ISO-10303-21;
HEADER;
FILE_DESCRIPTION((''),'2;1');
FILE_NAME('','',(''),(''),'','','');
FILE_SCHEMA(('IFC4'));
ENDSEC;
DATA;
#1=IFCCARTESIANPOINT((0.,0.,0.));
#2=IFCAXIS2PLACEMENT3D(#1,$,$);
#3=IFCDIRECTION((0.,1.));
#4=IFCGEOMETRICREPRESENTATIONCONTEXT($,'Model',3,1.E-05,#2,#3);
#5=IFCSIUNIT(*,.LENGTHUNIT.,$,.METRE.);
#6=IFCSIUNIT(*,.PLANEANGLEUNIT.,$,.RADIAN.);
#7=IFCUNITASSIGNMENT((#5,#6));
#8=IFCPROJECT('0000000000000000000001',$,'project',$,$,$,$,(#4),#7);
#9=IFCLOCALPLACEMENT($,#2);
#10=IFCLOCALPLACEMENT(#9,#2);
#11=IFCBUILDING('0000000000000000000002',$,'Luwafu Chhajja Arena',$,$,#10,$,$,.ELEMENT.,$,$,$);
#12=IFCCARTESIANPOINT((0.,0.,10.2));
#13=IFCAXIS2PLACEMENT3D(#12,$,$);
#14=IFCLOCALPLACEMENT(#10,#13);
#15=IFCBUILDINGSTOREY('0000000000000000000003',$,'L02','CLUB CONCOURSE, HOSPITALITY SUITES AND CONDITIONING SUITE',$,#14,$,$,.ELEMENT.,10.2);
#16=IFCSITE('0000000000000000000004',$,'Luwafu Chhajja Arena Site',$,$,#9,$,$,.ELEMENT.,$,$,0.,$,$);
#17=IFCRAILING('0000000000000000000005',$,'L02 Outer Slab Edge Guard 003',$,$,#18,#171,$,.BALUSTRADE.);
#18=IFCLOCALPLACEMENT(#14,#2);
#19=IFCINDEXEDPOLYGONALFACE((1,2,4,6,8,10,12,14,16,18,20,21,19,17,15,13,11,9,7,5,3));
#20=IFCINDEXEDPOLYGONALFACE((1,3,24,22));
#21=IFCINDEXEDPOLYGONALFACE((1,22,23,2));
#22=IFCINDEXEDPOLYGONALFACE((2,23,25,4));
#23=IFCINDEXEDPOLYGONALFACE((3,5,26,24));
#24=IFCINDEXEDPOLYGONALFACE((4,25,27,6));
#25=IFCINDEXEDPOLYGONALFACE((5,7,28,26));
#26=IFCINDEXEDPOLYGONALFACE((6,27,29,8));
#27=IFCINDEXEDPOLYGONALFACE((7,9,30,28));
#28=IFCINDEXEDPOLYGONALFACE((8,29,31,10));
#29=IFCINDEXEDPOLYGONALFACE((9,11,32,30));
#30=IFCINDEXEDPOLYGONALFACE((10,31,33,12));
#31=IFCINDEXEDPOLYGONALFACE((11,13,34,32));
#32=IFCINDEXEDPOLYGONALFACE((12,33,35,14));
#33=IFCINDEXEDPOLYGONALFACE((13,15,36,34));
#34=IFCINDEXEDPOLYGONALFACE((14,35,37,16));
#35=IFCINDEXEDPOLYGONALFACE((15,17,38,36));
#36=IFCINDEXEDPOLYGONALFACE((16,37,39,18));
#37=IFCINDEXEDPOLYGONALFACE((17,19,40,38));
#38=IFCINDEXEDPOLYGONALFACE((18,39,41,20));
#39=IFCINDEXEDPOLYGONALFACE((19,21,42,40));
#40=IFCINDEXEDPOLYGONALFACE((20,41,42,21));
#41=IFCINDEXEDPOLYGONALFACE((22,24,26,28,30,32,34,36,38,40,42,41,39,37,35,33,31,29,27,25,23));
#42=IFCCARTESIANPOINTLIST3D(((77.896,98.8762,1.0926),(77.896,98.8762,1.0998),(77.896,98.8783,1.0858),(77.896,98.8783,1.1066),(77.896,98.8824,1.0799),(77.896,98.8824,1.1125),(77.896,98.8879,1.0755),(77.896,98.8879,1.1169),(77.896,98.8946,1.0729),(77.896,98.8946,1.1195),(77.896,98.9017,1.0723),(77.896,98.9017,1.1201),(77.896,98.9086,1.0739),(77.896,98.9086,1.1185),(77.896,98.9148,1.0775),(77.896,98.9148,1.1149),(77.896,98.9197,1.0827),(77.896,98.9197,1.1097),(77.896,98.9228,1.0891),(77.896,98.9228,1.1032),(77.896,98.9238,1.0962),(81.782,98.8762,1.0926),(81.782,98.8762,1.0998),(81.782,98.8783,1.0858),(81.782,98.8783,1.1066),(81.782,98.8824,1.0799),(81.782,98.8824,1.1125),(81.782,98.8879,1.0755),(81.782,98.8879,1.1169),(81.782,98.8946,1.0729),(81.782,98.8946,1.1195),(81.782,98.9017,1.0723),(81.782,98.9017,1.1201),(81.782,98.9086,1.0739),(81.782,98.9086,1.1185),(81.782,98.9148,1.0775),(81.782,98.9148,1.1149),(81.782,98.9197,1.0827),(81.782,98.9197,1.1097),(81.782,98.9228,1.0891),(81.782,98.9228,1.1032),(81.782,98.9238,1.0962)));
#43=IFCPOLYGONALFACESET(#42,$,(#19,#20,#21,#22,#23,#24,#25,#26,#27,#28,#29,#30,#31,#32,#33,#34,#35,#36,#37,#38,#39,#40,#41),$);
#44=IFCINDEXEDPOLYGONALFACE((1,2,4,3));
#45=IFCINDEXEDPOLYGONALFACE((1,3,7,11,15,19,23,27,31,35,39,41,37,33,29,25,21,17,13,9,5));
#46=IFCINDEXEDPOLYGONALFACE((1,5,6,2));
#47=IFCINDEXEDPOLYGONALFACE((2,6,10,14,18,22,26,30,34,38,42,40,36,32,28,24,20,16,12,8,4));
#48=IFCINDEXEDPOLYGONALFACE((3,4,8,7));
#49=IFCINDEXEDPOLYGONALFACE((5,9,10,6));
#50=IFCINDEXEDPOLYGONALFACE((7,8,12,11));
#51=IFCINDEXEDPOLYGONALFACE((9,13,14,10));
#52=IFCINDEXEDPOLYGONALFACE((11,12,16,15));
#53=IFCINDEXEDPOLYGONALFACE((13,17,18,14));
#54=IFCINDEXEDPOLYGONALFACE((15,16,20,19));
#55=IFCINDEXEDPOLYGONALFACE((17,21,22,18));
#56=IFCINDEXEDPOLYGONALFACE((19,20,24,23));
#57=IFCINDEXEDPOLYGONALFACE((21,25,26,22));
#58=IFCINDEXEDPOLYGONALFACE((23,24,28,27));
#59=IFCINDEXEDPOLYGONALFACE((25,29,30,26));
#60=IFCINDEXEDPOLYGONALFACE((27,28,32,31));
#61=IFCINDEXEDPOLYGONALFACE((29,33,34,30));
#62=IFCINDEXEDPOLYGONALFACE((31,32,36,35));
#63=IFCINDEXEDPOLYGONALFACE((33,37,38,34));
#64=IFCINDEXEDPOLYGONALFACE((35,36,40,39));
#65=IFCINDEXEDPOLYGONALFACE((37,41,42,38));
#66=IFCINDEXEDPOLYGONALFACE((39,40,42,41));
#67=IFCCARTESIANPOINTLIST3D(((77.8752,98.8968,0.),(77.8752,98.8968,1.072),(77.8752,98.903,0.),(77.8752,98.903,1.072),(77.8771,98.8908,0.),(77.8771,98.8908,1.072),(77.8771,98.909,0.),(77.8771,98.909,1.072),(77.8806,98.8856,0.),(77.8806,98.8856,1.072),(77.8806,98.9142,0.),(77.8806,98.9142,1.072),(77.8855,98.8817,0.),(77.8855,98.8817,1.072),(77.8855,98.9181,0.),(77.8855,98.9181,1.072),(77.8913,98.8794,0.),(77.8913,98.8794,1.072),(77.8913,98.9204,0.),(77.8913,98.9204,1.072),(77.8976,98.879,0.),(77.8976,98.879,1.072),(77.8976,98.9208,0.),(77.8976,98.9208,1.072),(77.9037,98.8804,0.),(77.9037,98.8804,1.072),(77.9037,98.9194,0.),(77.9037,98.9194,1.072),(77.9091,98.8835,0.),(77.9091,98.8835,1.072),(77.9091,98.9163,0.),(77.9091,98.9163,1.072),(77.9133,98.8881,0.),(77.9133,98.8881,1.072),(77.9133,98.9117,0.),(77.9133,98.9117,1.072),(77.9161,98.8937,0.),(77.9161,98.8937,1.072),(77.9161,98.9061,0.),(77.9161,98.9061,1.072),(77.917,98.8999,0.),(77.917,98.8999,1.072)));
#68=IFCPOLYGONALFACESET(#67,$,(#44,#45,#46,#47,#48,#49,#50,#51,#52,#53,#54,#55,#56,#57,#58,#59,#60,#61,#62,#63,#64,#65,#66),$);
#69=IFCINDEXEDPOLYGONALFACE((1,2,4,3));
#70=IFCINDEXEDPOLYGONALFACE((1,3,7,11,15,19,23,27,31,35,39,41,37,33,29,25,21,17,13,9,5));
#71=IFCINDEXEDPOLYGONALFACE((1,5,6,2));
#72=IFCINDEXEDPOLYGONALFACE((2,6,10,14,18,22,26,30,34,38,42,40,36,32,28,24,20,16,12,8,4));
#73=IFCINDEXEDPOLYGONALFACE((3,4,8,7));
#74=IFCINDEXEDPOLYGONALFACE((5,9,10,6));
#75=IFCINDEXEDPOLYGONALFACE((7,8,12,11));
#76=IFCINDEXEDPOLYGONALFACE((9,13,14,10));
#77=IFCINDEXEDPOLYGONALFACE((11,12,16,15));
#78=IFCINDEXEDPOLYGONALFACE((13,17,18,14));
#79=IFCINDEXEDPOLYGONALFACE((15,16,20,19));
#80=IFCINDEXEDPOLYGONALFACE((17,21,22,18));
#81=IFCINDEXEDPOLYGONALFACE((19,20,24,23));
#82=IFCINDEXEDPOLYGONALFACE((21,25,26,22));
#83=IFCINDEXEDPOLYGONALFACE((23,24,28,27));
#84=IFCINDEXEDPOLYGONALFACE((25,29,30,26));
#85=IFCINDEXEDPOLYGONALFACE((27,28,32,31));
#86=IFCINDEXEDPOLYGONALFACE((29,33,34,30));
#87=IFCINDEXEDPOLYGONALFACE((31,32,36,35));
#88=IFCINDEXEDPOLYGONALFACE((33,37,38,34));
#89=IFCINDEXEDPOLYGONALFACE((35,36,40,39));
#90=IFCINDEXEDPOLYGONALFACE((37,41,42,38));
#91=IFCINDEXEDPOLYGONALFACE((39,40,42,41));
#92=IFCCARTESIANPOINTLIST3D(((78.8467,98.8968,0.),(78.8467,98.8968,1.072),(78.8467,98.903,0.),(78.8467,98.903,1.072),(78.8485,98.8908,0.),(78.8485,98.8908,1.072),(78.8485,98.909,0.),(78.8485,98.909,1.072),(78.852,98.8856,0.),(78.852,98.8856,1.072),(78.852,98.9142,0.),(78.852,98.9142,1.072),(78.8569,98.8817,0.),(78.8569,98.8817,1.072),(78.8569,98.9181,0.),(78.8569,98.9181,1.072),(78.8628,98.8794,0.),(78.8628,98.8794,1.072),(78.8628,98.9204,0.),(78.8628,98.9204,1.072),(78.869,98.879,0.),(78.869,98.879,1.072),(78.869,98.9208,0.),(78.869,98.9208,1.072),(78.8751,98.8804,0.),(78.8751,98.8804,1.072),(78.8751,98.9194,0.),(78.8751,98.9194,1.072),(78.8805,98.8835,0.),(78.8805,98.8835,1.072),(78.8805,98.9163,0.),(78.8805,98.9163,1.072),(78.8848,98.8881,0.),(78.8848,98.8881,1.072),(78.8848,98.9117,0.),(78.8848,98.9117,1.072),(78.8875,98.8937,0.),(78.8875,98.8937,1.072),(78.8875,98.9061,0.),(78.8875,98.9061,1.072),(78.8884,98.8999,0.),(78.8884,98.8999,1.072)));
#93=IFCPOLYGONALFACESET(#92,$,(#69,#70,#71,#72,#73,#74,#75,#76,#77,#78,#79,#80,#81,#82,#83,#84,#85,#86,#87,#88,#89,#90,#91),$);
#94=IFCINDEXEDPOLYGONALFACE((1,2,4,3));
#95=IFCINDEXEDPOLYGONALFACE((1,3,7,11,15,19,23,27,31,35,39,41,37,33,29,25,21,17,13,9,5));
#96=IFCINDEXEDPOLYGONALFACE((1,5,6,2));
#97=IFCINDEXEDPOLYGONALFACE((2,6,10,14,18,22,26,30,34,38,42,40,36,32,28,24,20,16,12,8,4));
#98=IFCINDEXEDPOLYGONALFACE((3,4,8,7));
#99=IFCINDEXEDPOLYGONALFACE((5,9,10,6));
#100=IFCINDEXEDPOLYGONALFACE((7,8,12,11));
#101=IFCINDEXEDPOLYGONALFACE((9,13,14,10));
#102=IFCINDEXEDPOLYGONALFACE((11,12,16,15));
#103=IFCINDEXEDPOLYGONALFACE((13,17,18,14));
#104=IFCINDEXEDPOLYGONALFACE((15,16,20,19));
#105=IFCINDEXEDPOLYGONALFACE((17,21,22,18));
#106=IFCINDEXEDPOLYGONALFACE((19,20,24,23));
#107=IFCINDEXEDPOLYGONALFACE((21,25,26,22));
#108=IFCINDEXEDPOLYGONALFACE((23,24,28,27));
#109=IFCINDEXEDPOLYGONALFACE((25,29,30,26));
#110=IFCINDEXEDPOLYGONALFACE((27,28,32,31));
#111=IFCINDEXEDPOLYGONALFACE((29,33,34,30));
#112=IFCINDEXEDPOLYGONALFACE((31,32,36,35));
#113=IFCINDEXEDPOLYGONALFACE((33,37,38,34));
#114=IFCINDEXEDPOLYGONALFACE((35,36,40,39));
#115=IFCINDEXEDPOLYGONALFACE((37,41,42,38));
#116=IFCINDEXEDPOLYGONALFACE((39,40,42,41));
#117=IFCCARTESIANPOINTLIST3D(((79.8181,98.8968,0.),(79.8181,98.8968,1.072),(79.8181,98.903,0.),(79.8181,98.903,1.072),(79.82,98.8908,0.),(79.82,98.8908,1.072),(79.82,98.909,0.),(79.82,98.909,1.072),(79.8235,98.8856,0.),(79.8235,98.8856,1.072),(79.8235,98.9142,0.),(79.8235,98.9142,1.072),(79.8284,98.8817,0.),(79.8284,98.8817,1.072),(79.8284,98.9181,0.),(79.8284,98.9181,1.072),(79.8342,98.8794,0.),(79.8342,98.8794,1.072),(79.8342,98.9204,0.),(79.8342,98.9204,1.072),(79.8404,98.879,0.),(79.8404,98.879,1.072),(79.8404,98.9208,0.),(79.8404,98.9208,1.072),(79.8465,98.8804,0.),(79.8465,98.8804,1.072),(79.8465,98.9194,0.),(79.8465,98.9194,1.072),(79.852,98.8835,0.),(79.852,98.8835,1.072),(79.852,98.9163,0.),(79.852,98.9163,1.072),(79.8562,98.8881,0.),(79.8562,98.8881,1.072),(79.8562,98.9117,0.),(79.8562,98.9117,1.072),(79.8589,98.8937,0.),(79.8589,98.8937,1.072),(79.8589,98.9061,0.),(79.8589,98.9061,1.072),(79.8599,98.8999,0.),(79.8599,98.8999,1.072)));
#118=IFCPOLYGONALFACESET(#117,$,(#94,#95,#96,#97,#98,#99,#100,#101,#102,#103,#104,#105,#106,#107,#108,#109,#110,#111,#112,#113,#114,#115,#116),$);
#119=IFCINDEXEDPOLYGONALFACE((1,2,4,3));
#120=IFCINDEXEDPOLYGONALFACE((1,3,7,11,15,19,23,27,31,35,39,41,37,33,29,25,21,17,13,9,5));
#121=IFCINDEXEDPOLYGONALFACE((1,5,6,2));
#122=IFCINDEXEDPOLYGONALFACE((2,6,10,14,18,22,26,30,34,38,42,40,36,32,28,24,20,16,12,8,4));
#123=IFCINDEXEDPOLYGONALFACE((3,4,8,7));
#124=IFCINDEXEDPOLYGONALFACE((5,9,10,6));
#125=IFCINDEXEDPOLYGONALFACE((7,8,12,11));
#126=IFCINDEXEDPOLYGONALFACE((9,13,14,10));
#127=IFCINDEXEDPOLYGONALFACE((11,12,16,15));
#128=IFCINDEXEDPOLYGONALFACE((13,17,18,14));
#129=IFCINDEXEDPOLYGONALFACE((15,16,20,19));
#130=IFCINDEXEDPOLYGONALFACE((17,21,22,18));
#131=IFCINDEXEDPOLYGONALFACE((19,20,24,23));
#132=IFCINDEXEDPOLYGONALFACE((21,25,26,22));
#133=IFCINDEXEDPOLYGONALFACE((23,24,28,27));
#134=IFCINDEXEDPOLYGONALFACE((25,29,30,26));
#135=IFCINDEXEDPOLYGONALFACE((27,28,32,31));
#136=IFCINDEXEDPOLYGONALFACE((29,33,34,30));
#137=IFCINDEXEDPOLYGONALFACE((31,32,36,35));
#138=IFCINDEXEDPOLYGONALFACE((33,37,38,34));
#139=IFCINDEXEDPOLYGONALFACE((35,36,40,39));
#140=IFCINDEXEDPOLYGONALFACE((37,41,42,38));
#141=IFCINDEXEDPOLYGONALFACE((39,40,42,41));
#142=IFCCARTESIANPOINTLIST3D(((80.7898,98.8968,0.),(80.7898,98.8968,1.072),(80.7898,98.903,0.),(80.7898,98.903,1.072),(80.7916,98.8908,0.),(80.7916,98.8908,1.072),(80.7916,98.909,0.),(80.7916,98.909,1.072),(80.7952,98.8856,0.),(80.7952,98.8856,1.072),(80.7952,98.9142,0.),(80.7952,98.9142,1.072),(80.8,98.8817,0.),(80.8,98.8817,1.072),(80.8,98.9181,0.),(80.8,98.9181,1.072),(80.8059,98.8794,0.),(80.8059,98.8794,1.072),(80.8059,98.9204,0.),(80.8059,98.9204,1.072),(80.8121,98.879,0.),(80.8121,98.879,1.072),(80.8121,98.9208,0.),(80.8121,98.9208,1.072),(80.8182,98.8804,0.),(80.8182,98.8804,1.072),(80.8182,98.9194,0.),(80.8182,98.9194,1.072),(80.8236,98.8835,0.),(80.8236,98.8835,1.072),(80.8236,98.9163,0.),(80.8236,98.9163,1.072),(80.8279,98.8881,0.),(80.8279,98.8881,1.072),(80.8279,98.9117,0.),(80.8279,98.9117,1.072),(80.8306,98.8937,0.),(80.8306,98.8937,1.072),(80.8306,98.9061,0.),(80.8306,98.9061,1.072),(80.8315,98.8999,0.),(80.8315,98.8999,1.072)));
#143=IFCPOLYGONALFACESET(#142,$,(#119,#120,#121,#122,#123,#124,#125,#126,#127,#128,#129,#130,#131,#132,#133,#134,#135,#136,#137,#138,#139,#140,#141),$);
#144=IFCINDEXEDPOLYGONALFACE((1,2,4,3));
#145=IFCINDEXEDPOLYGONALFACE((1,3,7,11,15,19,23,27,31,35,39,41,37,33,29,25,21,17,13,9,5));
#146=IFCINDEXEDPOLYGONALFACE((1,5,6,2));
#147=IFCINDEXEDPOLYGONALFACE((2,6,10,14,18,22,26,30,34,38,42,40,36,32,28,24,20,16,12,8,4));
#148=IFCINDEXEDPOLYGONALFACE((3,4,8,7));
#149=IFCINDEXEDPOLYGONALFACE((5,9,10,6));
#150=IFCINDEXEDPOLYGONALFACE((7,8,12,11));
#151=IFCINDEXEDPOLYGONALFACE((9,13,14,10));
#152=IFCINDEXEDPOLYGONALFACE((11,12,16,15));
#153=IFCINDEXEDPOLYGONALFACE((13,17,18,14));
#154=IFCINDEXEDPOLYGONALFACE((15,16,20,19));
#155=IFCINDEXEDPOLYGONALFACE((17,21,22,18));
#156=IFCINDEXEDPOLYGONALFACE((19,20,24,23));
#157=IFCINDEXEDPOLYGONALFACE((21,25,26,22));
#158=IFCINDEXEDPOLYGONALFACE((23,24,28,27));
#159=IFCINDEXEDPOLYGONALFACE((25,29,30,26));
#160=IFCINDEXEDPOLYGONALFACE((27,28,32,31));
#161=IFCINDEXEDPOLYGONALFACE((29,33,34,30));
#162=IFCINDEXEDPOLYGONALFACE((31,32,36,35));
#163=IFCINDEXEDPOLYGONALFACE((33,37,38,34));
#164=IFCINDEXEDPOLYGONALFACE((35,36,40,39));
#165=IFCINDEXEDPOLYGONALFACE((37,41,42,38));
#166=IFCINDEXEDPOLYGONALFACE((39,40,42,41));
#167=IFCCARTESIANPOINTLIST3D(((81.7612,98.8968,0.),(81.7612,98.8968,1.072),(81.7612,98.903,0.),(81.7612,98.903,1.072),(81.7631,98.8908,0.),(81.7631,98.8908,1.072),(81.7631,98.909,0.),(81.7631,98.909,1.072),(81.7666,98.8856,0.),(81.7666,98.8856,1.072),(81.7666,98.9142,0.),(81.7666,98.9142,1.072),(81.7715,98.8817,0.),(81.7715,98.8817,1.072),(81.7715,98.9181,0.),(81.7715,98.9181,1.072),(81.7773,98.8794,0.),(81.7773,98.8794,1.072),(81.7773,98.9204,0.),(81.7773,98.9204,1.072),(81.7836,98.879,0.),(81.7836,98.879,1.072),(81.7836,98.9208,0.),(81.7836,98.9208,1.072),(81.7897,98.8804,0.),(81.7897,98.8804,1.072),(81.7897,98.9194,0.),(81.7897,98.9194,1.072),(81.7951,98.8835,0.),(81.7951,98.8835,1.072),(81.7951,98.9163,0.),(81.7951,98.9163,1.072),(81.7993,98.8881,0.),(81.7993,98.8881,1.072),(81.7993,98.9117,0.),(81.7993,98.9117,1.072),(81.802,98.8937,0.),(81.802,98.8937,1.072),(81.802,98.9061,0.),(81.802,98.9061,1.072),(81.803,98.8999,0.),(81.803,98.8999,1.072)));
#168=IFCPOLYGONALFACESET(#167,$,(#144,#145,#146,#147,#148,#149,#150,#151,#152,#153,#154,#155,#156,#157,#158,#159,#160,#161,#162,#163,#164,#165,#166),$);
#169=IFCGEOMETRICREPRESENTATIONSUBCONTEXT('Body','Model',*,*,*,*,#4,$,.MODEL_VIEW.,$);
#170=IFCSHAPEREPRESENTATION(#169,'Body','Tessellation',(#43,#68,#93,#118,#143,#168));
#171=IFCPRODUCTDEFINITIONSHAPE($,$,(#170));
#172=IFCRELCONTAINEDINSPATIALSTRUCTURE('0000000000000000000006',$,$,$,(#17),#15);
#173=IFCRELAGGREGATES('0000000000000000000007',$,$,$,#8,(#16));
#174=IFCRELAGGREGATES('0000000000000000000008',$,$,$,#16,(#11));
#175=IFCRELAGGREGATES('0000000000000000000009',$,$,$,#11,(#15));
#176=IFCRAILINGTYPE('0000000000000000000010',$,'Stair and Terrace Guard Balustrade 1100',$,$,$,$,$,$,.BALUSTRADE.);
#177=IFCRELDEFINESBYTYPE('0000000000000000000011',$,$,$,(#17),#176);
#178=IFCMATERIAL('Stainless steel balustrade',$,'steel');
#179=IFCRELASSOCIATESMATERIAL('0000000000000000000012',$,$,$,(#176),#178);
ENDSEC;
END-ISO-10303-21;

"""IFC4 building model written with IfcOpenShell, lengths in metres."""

from ifc_helpers import new_model, si_unit, direction, frame, origin, origin_2d, place, context, subcontext, project, spatial, circle, extrude, material, type_object, element, save


model = new_model("IFC4")

# Units and contexts
model_context = context("Model", 3, precision=1e-05, world=origin(), true_north=direction((0.0, 1.0)))
body_context = subcontext(model_context, "Body", "Model", "MODEL_VIEW")
ifc_project = project(units=[si_unit("LENGTHUNIT", "METRE"), si_unit("PLANEANGLEUNIT", "RADIAN")], contexts=[model_context])

# Site, building, storey
site_placement = place(None, origin())
site = spatial("IfcSite", under=ifc_project, at=site_placement, Name="Luwafu Chhajja Arena Site", CompositionType="ELEMENT", RefElevation=0.0)
building_placement = place(site_placement, origin())
building = spatial("IfcBuilding", under=site, at=building_placement, Name="Luwafu Chhajja Arena", CompositionType="ELEMENT")
storey_placement = place(building_placement, frame((0.0, 0.0, 10.2)))
storey = spatial("IfcBuildingStorey", under=building, at=storey_placement, Name="L02", Description="CLUB CONCOURSE, HOSPITALITY SUITES AND CONDITIONING SUITE", CompositionType="ELEMENT", Elevation=10.2)

# Railing
ifc_material_1 = material(Name="Stainless steel balustrade", Category="steel")
railing_type = type_object("IfcRailingType", Name="Stair and Terrace Guard Balustrade 1100", PredefinedType="BALUSTRADE", material=ifc_material_1)
railing_placement = place(storey_placement, frame((77.896, 98.8999, 0.0)))
element("IfcRailing", 1, at=railing_placement, inside=storey, type_object=railing_type, Name="L02 Outer Slab Edge Guard 003", PredefinedType="BALUSTRADE", context=body_context, shape_type="SweptSolid", body=[
    extrude(circle(Radius=0.0239, at=origin_2d()), frame((0.0, 0.0, 1.0962), z_axis=(1.0, 0.0, 0.0), x_axis=(0.0, 1.0, 0.0)), (0.0, 0.0, 1.0), 3.886),
    extrude(circle(Radius=0.021, at=origin_2d()), origin(), (0.0, 0.0, 1.0), 1.072),
    extrude(circle(Radius=0.021, at=origin_2d()), frame((0.9714, 0.0, 0.0)), (0.0, 0.0, 1.0), 1.072),
    extrude(circle(Radius=0.021, at=origin_2d()), frame((1.9429, 0.0, 0.0)), (0.0, 0.0, 1.0), 1.072),
    extrude(circle(Radius=0.021, at=origin_2d()), frame((2.9146, 0.0, 0.0)), (0.0, 0.0, 1.0), 1.072),
    extrude(circle(Radius=0.021, at=origin_2d()), frame((3.886, 0.0, 0.0)), (0.0, 0.0, 1.0), 1.072),
])

save(model, "model.ifc")
